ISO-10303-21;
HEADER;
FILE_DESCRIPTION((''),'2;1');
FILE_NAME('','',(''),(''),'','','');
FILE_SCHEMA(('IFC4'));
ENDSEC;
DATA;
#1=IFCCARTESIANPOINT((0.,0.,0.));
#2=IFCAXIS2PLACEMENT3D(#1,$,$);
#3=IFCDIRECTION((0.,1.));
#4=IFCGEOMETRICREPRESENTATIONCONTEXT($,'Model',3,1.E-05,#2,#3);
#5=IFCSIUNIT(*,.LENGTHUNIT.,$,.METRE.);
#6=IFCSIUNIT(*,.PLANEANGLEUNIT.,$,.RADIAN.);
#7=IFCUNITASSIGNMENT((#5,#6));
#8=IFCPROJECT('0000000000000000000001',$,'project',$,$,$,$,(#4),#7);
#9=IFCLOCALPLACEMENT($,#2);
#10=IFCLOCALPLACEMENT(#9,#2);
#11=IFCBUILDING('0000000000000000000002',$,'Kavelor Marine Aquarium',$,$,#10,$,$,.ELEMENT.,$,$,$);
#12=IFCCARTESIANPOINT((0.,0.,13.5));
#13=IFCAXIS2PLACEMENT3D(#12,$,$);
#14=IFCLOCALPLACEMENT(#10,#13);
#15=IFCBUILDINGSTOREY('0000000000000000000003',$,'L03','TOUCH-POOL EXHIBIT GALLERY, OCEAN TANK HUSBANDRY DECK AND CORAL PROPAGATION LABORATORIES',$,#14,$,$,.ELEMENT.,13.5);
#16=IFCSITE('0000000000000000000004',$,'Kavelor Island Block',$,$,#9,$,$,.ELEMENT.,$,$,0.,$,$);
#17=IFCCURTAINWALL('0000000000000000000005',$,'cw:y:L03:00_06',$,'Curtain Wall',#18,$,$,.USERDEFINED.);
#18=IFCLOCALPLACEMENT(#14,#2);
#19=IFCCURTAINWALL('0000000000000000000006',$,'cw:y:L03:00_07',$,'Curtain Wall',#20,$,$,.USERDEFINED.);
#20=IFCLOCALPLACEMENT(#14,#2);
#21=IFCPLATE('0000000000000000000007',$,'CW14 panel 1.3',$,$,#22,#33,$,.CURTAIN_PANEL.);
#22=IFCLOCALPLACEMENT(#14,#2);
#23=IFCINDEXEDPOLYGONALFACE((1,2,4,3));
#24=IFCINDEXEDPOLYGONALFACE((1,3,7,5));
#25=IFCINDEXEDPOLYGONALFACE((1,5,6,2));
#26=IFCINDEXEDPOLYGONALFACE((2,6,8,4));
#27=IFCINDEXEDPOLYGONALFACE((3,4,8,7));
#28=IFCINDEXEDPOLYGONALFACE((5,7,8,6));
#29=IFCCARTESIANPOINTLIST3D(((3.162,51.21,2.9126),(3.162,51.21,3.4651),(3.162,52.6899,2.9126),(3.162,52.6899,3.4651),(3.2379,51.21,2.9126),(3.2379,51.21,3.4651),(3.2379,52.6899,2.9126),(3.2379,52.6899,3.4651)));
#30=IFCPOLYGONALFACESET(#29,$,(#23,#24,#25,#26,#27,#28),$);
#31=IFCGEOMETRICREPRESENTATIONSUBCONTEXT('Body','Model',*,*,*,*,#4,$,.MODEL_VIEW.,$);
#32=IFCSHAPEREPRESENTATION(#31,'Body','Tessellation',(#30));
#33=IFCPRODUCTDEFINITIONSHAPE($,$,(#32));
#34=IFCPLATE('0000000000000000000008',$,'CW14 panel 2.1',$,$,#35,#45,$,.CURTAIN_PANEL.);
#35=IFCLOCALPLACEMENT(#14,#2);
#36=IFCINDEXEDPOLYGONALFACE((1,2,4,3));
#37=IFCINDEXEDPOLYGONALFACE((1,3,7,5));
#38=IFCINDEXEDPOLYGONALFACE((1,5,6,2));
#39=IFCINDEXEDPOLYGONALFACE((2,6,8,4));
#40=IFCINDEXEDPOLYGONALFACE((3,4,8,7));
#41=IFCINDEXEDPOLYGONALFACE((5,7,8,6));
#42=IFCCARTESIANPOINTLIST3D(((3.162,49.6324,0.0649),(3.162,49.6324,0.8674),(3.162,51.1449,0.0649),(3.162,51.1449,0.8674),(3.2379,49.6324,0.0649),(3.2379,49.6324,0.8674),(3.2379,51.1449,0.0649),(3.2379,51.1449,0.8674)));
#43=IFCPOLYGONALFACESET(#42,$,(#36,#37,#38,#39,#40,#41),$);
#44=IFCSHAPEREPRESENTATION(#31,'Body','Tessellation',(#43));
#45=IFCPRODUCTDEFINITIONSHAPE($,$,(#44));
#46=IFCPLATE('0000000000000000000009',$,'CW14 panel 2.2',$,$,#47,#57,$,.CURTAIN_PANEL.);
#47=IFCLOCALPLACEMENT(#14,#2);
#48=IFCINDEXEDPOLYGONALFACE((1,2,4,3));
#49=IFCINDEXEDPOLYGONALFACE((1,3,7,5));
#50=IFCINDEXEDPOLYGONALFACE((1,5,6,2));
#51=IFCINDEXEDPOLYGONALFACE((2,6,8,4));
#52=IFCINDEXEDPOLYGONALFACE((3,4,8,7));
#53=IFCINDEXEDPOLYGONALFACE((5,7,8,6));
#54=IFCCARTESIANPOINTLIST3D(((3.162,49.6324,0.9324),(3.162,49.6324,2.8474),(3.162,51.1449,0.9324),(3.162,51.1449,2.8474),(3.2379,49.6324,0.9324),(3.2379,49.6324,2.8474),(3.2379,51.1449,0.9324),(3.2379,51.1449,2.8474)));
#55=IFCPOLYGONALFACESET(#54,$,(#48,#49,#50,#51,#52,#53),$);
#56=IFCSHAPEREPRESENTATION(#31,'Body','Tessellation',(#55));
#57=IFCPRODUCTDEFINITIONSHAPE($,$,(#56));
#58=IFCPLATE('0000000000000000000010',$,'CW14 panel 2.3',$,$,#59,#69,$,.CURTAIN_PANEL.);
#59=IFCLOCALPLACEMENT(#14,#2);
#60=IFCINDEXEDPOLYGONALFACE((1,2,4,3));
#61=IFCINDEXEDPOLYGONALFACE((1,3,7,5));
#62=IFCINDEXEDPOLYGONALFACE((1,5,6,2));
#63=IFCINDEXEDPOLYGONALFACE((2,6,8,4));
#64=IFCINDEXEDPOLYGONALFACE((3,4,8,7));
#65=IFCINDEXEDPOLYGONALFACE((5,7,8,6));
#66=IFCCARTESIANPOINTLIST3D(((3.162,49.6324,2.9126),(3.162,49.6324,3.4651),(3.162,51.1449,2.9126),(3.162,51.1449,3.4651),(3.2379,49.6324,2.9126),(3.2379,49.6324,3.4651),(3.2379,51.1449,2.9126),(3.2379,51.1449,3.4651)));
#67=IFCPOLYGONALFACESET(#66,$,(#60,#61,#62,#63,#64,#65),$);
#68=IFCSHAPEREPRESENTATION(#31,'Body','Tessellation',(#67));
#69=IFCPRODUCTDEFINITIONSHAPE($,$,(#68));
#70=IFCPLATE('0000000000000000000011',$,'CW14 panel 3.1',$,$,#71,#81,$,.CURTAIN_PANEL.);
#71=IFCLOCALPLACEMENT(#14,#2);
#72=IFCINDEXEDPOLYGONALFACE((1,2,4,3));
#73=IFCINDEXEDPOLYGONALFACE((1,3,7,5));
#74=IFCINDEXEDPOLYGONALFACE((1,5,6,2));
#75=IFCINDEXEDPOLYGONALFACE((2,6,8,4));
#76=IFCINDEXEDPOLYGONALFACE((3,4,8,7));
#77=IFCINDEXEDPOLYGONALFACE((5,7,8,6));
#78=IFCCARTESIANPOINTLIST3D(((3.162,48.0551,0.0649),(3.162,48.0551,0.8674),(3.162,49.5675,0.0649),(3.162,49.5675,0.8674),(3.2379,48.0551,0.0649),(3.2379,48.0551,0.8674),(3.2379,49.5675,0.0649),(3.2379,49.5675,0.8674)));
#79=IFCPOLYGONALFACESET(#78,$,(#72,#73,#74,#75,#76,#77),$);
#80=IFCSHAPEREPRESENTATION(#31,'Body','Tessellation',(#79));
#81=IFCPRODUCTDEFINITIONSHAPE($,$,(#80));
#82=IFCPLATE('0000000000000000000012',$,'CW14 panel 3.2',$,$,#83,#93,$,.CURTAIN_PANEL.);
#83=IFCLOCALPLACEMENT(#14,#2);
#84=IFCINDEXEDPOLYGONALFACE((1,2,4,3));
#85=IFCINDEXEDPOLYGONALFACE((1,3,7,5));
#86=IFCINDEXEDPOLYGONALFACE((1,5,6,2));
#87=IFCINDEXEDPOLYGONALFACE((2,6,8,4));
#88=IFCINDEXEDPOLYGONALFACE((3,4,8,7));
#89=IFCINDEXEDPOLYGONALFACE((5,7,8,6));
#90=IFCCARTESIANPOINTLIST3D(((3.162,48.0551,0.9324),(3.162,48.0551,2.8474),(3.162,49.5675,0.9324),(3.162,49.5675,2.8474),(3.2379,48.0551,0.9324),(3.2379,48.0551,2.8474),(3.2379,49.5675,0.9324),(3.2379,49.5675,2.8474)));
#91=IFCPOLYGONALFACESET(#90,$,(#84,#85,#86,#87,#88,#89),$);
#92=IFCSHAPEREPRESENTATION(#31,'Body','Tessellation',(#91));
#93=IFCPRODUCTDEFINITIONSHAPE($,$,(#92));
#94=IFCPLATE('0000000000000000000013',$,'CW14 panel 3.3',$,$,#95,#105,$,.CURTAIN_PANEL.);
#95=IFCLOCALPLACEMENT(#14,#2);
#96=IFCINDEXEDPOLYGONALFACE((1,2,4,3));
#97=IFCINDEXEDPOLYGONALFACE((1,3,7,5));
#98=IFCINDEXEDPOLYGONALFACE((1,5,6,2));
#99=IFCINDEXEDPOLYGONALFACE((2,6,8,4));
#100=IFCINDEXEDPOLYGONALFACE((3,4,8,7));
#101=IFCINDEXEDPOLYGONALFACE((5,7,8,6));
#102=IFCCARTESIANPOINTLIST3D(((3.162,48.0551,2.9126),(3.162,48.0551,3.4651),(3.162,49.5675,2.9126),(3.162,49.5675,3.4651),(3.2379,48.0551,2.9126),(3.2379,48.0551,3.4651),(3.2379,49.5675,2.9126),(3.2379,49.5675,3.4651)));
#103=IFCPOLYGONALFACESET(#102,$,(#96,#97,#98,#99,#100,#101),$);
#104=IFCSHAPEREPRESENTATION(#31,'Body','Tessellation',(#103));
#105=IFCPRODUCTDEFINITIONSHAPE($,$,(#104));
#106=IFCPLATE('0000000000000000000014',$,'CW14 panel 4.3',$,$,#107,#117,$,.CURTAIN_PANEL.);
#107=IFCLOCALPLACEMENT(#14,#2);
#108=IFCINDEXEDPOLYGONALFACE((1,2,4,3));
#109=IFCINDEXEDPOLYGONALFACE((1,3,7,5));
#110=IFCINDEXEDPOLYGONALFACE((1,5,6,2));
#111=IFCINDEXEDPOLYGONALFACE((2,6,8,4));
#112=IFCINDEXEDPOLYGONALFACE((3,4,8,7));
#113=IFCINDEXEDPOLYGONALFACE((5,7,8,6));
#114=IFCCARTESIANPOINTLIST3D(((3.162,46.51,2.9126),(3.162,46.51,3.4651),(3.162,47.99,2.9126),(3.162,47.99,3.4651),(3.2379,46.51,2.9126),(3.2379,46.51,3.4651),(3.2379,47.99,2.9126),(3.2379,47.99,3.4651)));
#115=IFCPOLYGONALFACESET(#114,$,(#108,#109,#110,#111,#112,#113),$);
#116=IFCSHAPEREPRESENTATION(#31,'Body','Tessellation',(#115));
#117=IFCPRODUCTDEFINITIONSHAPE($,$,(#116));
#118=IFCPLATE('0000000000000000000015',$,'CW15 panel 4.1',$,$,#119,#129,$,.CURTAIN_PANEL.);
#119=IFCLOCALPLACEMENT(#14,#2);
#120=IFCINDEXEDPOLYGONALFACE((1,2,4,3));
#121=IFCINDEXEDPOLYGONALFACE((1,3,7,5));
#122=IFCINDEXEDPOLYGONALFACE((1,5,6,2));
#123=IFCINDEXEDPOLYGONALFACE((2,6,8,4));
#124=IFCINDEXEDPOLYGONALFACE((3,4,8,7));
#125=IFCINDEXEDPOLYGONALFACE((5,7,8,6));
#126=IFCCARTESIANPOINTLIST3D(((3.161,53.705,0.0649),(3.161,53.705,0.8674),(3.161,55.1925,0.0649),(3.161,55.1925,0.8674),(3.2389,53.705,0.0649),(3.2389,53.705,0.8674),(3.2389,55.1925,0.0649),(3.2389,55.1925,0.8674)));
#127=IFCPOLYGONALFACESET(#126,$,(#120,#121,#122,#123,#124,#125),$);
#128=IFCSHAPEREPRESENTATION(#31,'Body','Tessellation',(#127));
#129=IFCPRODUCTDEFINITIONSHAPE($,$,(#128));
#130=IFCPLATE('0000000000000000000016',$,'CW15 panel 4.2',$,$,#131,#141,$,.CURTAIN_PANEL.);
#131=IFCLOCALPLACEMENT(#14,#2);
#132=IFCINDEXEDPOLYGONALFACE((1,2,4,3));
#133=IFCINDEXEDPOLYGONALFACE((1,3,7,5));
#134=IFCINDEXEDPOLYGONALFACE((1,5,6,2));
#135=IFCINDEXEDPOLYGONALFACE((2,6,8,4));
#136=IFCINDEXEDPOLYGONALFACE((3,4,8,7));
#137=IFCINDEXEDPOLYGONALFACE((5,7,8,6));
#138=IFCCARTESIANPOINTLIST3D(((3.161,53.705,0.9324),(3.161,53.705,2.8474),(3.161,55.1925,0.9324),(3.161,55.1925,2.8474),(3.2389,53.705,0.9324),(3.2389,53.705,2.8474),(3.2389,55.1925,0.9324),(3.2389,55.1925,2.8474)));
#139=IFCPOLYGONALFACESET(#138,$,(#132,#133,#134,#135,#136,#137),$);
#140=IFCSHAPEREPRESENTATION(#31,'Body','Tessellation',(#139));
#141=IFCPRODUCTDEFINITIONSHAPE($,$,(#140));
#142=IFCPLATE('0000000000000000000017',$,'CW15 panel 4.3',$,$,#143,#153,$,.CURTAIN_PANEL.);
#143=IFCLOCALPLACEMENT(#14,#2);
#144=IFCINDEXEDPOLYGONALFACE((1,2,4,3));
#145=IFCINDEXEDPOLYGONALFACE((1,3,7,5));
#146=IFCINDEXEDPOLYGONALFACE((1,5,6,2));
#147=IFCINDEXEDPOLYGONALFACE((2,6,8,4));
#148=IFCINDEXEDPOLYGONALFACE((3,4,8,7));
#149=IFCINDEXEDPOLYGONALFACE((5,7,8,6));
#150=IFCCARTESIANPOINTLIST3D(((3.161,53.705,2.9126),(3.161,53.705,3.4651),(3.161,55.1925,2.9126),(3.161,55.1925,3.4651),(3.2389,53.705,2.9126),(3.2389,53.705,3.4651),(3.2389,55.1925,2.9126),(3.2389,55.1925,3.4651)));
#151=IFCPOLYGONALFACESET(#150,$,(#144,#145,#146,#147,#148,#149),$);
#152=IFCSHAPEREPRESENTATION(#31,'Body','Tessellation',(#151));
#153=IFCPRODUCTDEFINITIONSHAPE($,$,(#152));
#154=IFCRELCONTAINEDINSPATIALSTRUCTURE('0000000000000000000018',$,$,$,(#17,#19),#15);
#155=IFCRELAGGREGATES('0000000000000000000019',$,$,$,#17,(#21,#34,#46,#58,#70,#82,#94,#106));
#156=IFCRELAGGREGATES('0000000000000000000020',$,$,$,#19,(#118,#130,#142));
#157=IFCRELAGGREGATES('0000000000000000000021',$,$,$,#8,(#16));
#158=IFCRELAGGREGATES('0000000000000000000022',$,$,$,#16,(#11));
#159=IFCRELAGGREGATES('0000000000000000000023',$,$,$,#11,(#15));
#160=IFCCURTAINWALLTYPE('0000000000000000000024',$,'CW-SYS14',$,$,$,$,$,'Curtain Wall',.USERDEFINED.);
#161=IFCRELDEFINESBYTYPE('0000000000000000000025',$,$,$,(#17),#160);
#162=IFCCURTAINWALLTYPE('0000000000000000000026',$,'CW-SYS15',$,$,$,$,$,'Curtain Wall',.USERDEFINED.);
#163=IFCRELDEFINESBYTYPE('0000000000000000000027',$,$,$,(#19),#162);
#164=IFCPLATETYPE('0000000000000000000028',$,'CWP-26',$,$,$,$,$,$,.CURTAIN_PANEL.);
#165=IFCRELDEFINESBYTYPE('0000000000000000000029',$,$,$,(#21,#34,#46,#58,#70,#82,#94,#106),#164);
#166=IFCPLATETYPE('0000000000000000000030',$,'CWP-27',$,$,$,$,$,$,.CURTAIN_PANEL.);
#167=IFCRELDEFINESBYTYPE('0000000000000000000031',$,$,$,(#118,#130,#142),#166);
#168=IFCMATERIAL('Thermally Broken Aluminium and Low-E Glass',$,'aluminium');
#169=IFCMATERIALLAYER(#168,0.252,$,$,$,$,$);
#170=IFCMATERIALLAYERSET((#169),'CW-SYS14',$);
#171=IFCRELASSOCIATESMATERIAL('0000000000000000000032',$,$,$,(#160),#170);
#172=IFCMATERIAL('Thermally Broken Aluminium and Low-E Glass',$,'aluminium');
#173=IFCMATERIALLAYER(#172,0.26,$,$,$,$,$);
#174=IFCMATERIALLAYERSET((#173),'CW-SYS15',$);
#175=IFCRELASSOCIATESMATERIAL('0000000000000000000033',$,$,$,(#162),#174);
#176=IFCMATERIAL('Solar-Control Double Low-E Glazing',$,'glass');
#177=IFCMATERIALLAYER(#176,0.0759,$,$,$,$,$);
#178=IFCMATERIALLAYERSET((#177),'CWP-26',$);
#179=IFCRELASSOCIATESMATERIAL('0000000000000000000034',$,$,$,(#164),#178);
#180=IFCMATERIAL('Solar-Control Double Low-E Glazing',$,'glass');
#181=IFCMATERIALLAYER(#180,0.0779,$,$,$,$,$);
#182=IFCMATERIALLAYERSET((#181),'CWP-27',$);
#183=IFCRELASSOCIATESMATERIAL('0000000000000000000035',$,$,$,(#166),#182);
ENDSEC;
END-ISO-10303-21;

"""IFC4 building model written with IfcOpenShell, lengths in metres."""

from ifc_helpers import new_model, si_unit, direction, frame, origin, origin_2d, place, context, subcontext, project, spatial, rectangle, extrude, material, layer, layer_set, type_object, element, aggregate, save


model = new_model("IFC4")

# Units and contexts
model_context = context("Model", 3, precision=1e-05, world=origin(), true_north=direction((0.0, 1.0)))
body_context = subcontext(model_context, "Body", "Model", "MODEL_VIEW")
ifc_project = project(units=[si_unit("LENGTHUNIT", "METRE"), si_unit("PLANEANGLEUNIT", "RADIAN")], contexts=[model_context])

# Site, building, storey
site_placement = place(None, origin())
site = spatial("IfcSite", under=ifc_project, at=site_placement, Name="Kavelor Island Block", CompositionType="ELEMENT", RefElevation=0.0)
building_placement = place(site_placement, origin())
building = spatial("IfcBuilding", under=site, at=building_placement, Name="Kavelor Marine Aquarium", CompositionType="ELEMENT")
storey_placement = place(building_placement, frame((0.0, 0.0, 13.5)))
storey = spatial("IfcBuildingStorey", under=building, at=storey_placement, Name="L03", Description="TOUCH-POOL EXHIBIT GALLERY, OCEAN TANK HUSBANDRY DECK AND CORAL PROPAGATION LABORATORIES", CompositionType="ELEMENT", Elevation=13.5)

# Curtain walls
ifc_material_1 = material(Name="Thermally Broken Aluminium and Low-E Glass", Category="aluminium")
ifc_layer_1 = layer(ifc_material_1, 0.252)
ifc_layer_set_1 = layer_set([ifc_layer_1], Name="CW-SYS14")
curtain_wall_type_1 = type_object("IfcCurtainWallType", Name="CW-SYS14", ElementType="Curtain Wall", PredefinedType="USERDEFINED", material=ifc_layer_set_1)
curtain_wall_1_placement = place(storey_placement, origin())
curtain_wall_1 = element("IfcCurtainWall", 1, at=curtain_wall_1_placement, inside=storey, type_object=curtain_wall_type_1, Name="cw:y:L03:00_06", ObjectType="Curtain Wall", PredefinedType="USERDEFINED")
ifc_material_2 = material(Name="Thermally Broken Aluminium and Low-E Glass", Category="aluminium")
ifc_layer_2 = layer(ifc_material_2, 0.26)
ifc_layer_set_2 = layer_set([ifc_layer_2], Name="CW-SYS15")
curtain_wall_type_2 = type_object("IfcCurtainWallType", Name="CW-SYS15", ElementType="Curtain Wall", PredefinedType="USERDEFINED", material=ifc_layer_set_2)
curtain_wall_2_placement = place(storey_placement, origin())
curtain_wall_2 = element("IfcCurtainWall", 2, at=curtain_wall_2_placement, inside=storey, type_object=curtain_wall_type_2, Name="cw:y:L03:00_07", ObjectType="Curtain Wall", PredefinedType="USERDEFINED")

# Plates
ifc_material_3 = material(Name="Solar-Control Double Low-E Glazing", Category="glass")
ifc_layer_3 = layer(ifc_material_3, 0.0759)
ifc_layer_set_3 = layer_set([ifc_layer_3], Name="CWP-26")
plate_type_1 = type_object("IfcPlateType", Name="CWP-26", PredefinedType="CURTAIN_PANEL", material=ifc_layer_set_3)
plate_1_placement = place(storey_placement, frame((3.2, 51.95, 2.9126), z_axis=(0.0, 0.0, 1.0), x_axis=(0.0, -1.0, 0.0)))
plate_1 = element("IfcPlate", 3, at=plate_1_placement, type_object=plate_type_1, Name="CW14 panel 1.3", PredefinedType="CURTAIN_PANEL", context=body_context, shape_type="SweptSolid", body=[
    extrude(rectangle(XDim=1.48, YDim=0.0759, at=origin_2d()), origin(), (0.0, 0.0, 1.0), 0.5525),
])
plate_2_placement = place(storey_placement, frame((3.2, 50.3887, 0.0649), z_axis=(0.0, 0.0, 1.0), x_axis=(0.0, -1.0, 0.0)))
plate_2 = element("IfcPlate", 4, at=plate_2_placement, type_object=plate_type_1, Name="CW14 panel 2.1", PredefinedType="CURTAIN_PANEL", context=body_context, shape_type="SweptSolid", body=[
    extrude(rectangle(XDim=1.5125, YDim=0.0759, at=origin_2d()), origin(), (0.0, 0.0, 1.0), 0.8025),
])
plate_3_placement = place(storey_placement, frame((3.2, 50.3887, 0.9324), z_axis=(0.0, 0.0, 1.0), x_axis=(0.0, -1.0, 0.0)))
plate_3 = element("IfcPlate", 5, at=plate_3_placement, type_object=plate_type_1, Name="CW14 panel 2.2", PredefinedType="CURTAIN_PANEL", context=body_context, shape_type="SweptSolid", body=[
    extrude(rectangle(XDim=1.5125, YDim=0.0759, at=origin_2d()), origin(), (0.0, 0.0, 1.0), 1.915),
])
plate_4_placement = place(storey_placement, frame((3.2, 50.3887, 2.9126), z_axis=(0.0, 0.0, 1.0), x_axis=(0.0, -1.0, 0.0)))
plate_4 = element("IfcPlate", 6, at=plate_4_placement, type_object=plate_type_1, Name="CW14 panel 2.3", PredefinedType="CURTAIN_PANEL", context=body_context, shape_type="SweptSolid", body=[
    extrude(rectangle(XDim=1.5125, YDim=0.0759, at=origin_2d()), origin(), (0.0, 0.0, 1.0), 0.5525),
])
plate_5_placement = place(storey_placement, frame((3.2, 48.8113, 0.0649), z_axis=(0.0, 0.0, 1.0), x_axis=(0.0, -1.0, 0.0)))
plate_5 = element("IfcPlate", 7, at=plate_5_placement, type_object=plate_type_1, Name="CW14 panel 3.1", PredefinedType="CURTAIN_PANEL", context=body_context, shape_type="SweptSolid", body=[
    extrude(rectangle(XDim=1.5125, YDim=0.0759, at=origin_2d()), origin(), (0.0, 0.0, 1.0), 0.8025),
])
plate_6_placement = place(storey_placement, frame((3.2, 48.8113, 0.9324), z_axis=(0.0, 0.0, 1.0), x_axis=(0.0, -1.0, 0.0)))
plate_6 = element("IfcPlate", 8, at=plate_6_placement, type_object=plate_type_1, Name="CW14 panel 3.2", PredefinedType="CURTAIN_PANEL", context=body_context, shape_type="SweptSolid", body=[
    extrude(rectangle(XDim=1.5125, YDim=0.0759, at=origin_2d()), origin(), (0.0, 0.0, 1.0), 1.915),
])
plate_7_placement = place(storey_placement, frame((3.2, 48.8113, 2.9126), z_axis=(0.0, 0.0, 1.0), x_axis=(0.0, -1.0, 0.0)))
plate_7 = element("IfcPlate", 9, at=plate_7_placement, type_object=plate_type_1, Name="CW14 panel 3.3", PredefinedType="CURTAIN_PANEL", context=body_context, shape_type="SweptSolid", body=[
    extrude(rectangle(XDim=1.5125, YDim=0.0759, at=origin_2d()), origin(), (0.0, 0.0, 1.0), 0.5525),
])
plate_8_placement = place(storey_placement, frame((3.2, 47.25, 2.9126), z_axis=(0.0, 0.0, 1.0), x_axis=(0.0, -1.0, 0.0)))
plate_8 = element("IfcPlate", 10, at=plate_8_placement, type_object=plate_type_1, Name="CW14 panel 4.3", PredefinedType="CURTAIN_PANEL", context=body_context, shape_type="SweptSolid", body=[
    extrude(rectangle(XDim=1.48, YDim=0.0759, at=origin_2d()), origin(), (0.0, 0.0, 1.0), 0.5525),
])
aggregate(curtain_wall_1, [plate_1, plate_2, plate_3, plate_4, plate_5, plate_6, plate_7, plate_8])
ifc_material_4 = material(Name="Solar-Control Double Low-E Glazing", Category="glass")
ifc_layer_4 = layer(ifc_material_4, 0.0779)
ifc_layer_set_4 = layer_set([ifc_layer_4], Name="CWP-27")
plate_type_2 = type_object("IfcPlateType", Name="CWP-27", PredefinedType="CURTAIN_PANEL", material=ifc_layer_set_4)
plate_9_placement = place(storey_placement, frame((3.2, 54.4487, 0.0649), z_axis=(0.0, 0.0, 1.0), x_axis=(0.0, -1.0, 0.0)))
plate_9 = element("IfcPlate", 11, at=plate_9_placement, type_object=plate_type_2, Name="CW15 panel 4.1", PredefinedType="CURTAIN_PANEL", context=body_context, shape_type="SweptSolid", body=[
    extrude(rectangle(XDim=1.4875, YDim=0.0779, at=origin_2d()), origin(), (0.0, 0.0, 1.0), 0.8025),
])
plate_10_placement = place(storey_placement, frame((3.2, 54.4487, 0.9324), z_axis=(0.0, 0.0, 1.0), x_axis=(0.0, -1.0, 0.0)))
plate_10 = element("IfcPlate", 12, at=plate_10_placement, type_object=plate_type_2, Name="CW15 panel 4.2", PredefinedType="CURTAIN_PANEL", context=body_context, shape_type="SweptSolid", body=[
    extrude(rectangle(XDim=1.4875, YDim=0.0779, at=origin_2d()), origin(), (0.0, 0.0, 1.0), 1.915),
])
plate_11_placement = place(storey_placement, frame((3.2, 54.4487, 2.9126), z_axis=(0.0, 0.0, 1.0), x_axis=(0.0, -1.0, 0.0)))
plate_11 = element("IfcPlate", 13, at=plate_11_placement, type_object=plate_type_2, Name="CW15 panel 4.3", PredefinedType="CURTAIN_PANEL", context=body_context, shape_type="SweptSolid", body=[
    extrude(rectangle(XDim=1.4875, YDim=0.0779, at=origin_2d()), origin(), (0.0, 0.0, 1.0), 0.5525),
])
aggregate(curtain_wall_2, [plate_9, plate_10, plate_11])

save(model, "model.ifc")
